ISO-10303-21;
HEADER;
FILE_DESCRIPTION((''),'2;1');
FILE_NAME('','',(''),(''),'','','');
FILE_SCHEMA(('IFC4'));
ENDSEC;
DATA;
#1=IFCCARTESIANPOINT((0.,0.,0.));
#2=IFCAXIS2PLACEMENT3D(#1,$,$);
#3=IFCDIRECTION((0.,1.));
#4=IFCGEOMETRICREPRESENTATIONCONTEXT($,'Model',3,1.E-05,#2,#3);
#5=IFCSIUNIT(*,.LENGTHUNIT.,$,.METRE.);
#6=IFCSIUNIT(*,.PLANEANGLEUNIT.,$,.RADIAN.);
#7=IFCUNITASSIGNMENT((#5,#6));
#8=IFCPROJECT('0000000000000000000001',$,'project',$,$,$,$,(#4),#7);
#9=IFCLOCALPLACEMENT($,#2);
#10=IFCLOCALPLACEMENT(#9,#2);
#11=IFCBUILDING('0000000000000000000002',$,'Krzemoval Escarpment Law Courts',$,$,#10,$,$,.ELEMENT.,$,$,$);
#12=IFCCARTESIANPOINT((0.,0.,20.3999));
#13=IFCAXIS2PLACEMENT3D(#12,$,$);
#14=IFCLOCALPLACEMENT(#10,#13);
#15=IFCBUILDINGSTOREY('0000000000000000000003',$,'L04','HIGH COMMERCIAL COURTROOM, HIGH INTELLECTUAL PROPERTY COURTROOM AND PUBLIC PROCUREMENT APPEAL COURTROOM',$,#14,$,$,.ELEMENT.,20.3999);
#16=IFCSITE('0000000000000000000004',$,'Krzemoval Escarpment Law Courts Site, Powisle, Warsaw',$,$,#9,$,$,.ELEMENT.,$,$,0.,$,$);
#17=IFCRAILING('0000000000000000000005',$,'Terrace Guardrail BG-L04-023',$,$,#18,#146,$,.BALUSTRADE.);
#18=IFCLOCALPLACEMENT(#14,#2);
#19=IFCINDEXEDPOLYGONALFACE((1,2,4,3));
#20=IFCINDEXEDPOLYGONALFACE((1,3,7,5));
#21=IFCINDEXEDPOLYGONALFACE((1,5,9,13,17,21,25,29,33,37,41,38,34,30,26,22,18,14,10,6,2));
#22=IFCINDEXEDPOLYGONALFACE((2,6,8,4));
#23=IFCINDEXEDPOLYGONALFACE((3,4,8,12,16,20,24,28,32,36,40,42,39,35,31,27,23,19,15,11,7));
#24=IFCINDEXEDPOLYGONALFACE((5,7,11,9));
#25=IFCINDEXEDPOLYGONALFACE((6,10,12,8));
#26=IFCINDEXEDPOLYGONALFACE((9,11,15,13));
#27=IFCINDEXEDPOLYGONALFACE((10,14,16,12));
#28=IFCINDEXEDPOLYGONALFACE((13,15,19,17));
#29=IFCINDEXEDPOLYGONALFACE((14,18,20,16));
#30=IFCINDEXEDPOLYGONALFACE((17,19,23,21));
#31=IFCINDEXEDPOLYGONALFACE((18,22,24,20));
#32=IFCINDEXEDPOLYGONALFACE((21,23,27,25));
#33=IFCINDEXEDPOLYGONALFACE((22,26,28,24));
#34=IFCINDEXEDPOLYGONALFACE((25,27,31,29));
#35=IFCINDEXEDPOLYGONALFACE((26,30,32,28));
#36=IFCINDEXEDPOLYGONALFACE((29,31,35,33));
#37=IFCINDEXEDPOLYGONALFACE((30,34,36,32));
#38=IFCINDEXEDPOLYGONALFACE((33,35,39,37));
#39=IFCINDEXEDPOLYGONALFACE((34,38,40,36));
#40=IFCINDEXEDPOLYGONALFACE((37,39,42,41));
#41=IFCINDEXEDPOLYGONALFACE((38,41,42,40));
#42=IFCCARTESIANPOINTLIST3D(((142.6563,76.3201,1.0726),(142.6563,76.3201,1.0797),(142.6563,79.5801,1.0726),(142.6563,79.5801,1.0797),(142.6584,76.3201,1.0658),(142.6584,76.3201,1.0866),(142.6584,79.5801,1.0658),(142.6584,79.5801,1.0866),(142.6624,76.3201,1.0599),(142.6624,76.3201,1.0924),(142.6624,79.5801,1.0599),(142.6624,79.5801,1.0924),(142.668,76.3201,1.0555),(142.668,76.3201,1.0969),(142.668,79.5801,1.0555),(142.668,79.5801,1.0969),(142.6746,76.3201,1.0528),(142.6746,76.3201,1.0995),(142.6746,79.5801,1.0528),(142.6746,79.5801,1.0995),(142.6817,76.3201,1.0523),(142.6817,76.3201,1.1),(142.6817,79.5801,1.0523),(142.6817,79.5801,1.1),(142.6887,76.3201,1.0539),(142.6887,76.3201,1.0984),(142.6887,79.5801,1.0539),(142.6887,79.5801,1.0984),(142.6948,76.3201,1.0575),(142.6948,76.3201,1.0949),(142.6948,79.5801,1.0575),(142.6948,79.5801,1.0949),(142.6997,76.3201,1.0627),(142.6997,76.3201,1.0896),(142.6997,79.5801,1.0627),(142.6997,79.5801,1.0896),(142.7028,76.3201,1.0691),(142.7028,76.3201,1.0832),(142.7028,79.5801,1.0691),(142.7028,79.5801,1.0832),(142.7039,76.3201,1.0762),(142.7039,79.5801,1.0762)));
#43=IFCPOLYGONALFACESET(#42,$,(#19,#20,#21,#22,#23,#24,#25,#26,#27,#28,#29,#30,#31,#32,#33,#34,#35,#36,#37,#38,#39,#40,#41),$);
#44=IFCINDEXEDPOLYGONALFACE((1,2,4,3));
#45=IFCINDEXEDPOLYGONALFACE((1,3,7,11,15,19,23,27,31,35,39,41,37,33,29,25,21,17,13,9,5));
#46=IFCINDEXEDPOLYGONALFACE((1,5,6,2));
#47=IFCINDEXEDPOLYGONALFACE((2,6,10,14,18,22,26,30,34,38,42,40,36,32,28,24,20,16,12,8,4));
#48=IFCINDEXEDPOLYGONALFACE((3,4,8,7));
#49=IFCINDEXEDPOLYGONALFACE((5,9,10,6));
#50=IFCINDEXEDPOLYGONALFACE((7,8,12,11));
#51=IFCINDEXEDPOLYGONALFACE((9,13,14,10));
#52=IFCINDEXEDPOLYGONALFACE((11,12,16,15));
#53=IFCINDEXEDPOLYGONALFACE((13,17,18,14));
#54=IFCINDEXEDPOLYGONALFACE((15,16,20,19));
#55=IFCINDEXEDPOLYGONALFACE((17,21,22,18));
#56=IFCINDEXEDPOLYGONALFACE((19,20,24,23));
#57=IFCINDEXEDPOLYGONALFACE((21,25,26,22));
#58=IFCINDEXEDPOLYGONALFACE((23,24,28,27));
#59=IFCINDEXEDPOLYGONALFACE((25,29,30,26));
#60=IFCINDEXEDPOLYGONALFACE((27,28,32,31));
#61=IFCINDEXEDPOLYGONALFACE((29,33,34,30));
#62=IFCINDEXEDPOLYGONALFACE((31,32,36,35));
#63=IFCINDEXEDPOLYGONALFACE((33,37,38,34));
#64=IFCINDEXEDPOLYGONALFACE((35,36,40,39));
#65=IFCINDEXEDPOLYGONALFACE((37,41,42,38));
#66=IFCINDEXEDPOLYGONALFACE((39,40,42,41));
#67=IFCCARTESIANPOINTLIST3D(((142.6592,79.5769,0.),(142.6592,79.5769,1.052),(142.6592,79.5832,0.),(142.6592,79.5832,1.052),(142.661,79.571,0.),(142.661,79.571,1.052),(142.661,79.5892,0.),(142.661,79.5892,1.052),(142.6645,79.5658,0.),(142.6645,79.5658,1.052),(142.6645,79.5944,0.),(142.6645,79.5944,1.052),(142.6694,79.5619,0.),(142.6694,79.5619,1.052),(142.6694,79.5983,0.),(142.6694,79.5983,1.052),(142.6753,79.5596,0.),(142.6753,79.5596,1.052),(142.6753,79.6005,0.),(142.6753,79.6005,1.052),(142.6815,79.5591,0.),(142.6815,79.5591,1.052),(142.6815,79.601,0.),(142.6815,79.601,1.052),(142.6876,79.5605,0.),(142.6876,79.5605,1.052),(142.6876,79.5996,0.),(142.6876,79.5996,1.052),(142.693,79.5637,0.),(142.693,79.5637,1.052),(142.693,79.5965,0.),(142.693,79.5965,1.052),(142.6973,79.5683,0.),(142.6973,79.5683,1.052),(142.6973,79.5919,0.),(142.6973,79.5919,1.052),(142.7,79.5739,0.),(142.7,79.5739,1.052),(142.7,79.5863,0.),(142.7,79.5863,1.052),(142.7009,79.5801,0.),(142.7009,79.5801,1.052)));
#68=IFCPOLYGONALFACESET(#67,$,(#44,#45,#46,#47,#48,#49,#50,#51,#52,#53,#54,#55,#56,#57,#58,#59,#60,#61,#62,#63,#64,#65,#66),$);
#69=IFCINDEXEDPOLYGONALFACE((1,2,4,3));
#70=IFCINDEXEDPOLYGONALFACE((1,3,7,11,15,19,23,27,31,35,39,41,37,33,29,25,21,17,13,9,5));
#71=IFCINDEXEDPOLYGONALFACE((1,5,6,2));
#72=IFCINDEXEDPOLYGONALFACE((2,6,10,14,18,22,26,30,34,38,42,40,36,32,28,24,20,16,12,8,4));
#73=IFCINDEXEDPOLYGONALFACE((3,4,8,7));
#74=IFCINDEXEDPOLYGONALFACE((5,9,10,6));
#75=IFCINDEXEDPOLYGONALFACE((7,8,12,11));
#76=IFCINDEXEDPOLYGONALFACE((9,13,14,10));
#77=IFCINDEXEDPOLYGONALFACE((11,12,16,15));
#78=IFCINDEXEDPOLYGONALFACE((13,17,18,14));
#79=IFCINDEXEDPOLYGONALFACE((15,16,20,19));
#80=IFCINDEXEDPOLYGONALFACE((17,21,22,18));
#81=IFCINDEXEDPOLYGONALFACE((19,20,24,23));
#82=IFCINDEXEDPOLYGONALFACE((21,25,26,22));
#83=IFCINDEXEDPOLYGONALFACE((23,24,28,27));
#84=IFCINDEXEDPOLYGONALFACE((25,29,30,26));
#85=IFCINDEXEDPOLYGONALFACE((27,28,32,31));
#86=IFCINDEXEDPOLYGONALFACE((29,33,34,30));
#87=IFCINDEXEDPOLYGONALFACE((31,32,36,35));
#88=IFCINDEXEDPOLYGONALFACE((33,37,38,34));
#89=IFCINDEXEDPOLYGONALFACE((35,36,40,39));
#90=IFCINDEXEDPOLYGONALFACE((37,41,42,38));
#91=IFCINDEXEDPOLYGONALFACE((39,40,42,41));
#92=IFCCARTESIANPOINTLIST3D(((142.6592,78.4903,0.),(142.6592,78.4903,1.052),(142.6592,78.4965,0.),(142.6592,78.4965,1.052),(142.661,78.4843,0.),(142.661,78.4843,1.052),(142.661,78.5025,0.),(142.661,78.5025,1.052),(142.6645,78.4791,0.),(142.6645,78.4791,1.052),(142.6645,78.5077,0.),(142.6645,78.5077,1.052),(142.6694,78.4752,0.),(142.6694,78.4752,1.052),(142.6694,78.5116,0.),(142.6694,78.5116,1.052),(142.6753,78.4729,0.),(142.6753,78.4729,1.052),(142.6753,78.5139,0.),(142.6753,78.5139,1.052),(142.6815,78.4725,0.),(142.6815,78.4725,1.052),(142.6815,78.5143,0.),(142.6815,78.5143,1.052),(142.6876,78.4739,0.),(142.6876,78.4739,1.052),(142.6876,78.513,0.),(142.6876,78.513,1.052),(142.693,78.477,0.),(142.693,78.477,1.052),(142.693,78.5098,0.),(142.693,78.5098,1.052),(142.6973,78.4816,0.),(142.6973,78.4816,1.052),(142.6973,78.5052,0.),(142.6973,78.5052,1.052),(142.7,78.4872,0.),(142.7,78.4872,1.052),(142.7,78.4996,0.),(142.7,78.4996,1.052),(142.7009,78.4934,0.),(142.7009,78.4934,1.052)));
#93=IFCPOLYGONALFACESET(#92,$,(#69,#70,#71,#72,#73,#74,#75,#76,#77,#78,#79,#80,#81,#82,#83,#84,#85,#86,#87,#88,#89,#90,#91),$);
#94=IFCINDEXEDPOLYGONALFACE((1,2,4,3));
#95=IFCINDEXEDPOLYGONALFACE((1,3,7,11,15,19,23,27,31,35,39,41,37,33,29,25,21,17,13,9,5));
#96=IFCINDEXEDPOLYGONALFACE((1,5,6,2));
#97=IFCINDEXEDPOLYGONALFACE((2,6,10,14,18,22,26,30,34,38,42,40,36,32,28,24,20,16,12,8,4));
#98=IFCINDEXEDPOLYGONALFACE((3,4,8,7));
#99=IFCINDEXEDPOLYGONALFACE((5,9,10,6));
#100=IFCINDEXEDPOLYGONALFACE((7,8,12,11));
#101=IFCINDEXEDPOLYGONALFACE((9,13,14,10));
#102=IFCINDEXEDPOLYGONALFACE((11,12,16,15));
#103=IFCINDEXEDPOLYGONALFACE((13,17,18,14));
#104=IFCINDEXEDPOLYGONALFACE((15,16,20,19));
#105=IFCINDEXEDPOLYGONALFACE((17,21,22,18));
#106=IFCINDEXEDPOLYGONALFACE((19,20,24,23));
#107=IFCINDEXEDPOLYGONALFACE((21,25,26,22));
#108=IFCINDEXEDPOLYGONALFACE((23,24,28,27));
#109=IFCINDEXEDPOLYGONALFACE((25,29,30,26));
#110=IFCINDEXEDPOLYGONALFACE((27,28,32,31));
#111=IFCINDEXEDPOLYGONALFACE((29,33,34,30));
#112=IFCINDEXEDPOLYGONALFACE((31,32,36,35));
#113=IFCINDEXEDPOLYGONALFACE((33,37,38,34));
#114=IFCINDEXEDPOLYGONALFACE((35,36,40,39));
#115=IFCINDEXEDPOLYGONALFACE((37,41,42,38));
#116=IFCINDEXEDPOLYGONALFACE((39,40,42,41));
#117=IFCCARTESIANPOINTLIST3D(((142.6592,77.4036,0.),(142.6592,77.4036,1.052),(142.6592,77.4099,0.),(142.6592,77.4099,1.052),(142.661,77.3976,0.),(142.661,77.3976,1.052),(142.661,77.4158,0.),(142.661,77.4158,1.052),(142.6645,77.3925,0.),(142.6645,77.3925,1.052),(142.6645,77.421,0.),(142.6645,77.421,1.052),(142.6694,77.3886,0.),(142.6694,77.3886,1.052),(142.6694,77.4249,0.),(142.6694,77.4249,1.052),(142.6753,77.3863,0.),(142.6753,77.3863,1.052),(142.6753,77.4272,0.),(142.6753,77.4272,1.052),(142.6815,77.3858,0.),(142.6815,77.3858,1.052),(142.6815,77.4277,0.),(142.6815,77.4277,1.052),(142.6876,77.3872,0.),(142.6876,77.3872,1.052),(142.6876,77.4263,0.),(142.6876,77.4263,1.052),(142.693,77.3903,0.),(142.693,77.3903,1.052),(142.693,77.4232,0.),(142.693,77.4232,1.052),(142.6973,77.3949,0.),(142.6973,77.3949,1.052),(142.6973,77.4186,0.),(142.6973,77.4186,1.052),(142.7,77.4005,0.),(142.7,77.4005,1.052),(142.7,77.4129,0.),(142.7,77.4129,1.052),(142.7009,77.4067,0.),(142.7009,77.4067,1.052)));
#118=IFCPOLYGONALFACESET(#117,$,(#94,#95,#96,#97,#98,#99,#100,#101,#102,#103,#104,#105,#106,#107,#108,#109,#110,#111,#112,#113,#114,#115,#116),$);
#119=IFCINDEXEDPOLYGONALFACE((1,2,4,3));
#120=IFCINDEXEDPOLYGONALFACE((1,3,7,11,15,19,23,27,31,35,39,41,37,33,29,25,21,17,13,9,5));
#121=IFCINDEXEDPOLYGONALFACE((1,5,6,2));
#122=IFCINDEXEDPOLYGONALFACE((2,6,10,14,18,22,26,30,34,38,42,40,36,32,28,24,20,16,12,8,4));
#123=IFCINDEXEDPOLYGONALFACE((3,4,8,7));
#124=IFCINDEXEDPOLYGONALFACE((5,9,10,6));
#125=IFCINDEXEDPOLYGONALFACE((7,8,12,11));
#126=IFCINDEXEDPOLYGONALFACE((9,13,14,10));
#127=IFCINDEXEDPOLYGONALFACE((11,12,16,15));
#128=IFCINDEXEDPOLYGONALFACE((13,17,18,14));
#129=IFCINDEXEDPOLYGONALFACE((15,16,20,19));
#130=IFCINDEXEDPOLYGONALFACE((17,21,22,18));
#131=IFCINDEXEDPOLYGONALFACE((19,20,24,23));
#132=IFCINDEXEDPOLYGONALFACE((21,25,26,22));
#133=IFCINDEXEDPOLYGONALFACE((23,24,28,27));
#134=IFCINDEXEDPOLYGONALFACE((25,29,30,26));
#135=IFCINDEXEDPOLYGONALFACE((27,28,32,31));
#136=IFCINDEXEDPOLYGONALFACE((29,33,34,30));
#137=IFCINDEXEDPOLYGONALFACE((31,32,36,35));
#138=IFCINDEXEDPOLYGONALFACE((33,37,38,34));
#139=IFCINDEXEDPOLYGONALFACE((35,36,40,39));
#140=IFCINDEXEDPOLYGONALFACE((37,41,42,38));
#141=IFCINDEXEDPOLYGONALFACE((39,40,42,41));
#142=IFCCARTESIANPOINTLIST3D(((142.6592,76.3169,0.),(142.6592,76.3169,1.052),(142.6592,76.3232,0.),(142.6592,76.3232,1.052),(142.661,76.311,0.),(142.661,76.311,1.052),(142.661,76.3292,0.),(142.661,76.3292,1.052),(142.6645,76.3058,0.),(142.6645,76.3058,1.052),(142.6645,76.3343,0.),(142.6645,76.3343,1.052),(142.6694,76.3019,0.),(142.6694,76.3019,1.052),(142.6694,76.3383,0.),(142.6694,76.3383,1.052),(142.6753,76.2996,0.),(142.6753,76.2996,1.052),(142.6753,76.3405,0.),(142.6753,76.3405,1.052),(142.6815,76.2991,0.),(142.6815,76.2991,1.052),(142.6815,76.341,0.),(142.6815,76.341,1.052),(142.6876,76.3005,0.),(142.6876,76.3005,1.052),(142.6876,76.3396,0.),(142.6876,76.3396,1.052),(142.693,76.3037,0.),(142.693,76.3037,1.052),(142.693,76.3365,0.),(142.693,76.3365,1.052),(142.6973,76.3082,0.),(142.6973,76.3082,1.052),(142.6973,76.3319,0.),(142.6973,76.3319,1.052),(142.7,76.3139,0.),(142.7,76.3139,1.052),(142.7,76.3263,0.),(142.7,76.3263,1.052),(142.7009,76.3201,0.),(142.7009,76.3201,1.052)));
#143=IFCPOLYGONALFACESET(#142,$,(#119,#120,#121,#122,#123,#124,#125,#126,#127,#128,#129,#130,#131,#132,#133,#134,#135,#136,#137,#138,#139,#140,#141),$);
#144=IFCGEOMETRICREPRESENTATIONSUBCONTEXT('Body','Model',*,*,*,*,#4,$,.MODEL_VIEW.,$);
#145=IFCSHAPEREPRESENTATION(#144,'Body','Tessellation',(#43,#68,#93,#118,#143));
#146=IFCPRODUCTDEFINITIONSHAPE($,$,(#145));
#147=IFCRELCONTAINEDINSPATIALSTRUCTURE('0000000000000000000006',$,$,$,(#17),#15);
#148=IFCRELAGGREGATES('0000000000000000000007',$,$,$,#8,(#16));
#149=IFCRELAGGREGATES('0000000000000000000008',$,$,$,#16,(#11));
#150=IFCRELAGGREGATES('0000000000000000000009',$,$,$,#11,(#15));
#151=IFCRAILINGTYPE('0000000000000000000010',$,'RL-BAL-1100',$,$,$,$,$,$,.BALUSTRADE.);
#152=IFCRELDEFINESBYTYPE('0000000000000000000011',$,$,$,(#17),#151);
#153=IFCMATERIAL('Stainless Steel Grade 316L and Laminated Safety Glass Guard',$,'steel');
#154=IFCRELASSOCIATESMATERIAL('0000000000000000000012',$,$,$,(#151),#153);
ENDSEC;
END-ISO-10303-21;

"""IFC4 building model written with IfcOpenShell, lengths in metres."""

from ifc_helpers import new_model, si_unit, direction, frame, origin, origin_2d, place, context, subcontext, project, spatial, circle, extrude, material, type_object, element, save


model = new_model("IFC4")

# Units and contexts
model_context = context("Model", 3, precision=1e-05, world=origin(), true_north=direction((0.0, 1.0)))
body_context = subcontext(model_context, "Body", "Model", "MODEL_VIEW")
ifc_project = project(units=[si_unit("LENGTHUNIT", "METRE"), si_unit("PLANEANGLEUNIT", "RADIAN")], contexts=[model_context])

# Site, building, storey
site_placement = place(None, origin())
site = spatial("IfcSite", under=ifc_project, at=site_placement, Name="Krzemoval Escarpment Law Courts Site, Powisle, Warsaw", CompositionType="ELEMENT", RefElevation=0.0)
building_placement = place(site_placement, origin())
building = spatial("IfcBuilding", under=site, at=building_placement, Name="Krzemoval Escarpment Law Courts", CompositionType="ELEMENT")
storey_placement = place(building_placement, frame((0.0, 0.0, 20.3999)))
storey = spatial("IfcBuildingStorey", under=building, at=storey_placement, Name="L04", Description="HIGH COMMERCIAL COURTROOM, HIGH INTELLECTUAL PROPERTY COURTROOM AND PUBLIC PROCUREMENT APPEAL COURTROOM", CompositionType="ELEMENT", Elevation=20.3999)

# Railing
ifc_material_1 = material(Name="Stainless Steel Grade 316L and Laminated Safety Glass Guard", Category="steel")
railing_type = type_object("IfcRailingType", Name="RL-BAL-1100", PredefinedType="BALUSTRADE", material=ifc_material_1)
railing_1_placement = place(storey_placement, frame((142.6799, 79.5801, 0.0)))
element("IfcRailing", 1, at=railing_1_placement, inside=storey, type_object=railing_type, Name="Terrace Guardrail BG-L04-023", PredefinedType="BALUSTRADE", context=body_context, shape_type="SweptSolid", body=[
    extrude(circle(Radius=0.0239, at=origin_2d()), frame((0.0, 0.0, 1.0762), z_axis=(0.0, -1.0, 0.0), x_axis=(1.0, 0.0, 0.0)), (0.0, 0.0, 1.0), 3.26),
    extrude(circle(Radius=0.021, at=origin_2d()), origin(), (0.0, 0.0, 1.0), 1.052),
    extrude(circle(Radius=0.021, at=origin_2d()), frame((0.0, -1.0867, 0.0)), (0.0, 0.0, 1.0), 1.052),
    extrude(circle(Radius=0.021, at=origin_2d()), frame((0.0, -2.1733, 0.0)), (0.0, 0.0, 1.0), 1.052),
    extrude(circle(Radius=0.021, at=origin_2d()), frame((0.0, -3.26, 0.0)), (0.0, 0.0, 1.0), 1.052),
])

save(model, "model.ifc")
